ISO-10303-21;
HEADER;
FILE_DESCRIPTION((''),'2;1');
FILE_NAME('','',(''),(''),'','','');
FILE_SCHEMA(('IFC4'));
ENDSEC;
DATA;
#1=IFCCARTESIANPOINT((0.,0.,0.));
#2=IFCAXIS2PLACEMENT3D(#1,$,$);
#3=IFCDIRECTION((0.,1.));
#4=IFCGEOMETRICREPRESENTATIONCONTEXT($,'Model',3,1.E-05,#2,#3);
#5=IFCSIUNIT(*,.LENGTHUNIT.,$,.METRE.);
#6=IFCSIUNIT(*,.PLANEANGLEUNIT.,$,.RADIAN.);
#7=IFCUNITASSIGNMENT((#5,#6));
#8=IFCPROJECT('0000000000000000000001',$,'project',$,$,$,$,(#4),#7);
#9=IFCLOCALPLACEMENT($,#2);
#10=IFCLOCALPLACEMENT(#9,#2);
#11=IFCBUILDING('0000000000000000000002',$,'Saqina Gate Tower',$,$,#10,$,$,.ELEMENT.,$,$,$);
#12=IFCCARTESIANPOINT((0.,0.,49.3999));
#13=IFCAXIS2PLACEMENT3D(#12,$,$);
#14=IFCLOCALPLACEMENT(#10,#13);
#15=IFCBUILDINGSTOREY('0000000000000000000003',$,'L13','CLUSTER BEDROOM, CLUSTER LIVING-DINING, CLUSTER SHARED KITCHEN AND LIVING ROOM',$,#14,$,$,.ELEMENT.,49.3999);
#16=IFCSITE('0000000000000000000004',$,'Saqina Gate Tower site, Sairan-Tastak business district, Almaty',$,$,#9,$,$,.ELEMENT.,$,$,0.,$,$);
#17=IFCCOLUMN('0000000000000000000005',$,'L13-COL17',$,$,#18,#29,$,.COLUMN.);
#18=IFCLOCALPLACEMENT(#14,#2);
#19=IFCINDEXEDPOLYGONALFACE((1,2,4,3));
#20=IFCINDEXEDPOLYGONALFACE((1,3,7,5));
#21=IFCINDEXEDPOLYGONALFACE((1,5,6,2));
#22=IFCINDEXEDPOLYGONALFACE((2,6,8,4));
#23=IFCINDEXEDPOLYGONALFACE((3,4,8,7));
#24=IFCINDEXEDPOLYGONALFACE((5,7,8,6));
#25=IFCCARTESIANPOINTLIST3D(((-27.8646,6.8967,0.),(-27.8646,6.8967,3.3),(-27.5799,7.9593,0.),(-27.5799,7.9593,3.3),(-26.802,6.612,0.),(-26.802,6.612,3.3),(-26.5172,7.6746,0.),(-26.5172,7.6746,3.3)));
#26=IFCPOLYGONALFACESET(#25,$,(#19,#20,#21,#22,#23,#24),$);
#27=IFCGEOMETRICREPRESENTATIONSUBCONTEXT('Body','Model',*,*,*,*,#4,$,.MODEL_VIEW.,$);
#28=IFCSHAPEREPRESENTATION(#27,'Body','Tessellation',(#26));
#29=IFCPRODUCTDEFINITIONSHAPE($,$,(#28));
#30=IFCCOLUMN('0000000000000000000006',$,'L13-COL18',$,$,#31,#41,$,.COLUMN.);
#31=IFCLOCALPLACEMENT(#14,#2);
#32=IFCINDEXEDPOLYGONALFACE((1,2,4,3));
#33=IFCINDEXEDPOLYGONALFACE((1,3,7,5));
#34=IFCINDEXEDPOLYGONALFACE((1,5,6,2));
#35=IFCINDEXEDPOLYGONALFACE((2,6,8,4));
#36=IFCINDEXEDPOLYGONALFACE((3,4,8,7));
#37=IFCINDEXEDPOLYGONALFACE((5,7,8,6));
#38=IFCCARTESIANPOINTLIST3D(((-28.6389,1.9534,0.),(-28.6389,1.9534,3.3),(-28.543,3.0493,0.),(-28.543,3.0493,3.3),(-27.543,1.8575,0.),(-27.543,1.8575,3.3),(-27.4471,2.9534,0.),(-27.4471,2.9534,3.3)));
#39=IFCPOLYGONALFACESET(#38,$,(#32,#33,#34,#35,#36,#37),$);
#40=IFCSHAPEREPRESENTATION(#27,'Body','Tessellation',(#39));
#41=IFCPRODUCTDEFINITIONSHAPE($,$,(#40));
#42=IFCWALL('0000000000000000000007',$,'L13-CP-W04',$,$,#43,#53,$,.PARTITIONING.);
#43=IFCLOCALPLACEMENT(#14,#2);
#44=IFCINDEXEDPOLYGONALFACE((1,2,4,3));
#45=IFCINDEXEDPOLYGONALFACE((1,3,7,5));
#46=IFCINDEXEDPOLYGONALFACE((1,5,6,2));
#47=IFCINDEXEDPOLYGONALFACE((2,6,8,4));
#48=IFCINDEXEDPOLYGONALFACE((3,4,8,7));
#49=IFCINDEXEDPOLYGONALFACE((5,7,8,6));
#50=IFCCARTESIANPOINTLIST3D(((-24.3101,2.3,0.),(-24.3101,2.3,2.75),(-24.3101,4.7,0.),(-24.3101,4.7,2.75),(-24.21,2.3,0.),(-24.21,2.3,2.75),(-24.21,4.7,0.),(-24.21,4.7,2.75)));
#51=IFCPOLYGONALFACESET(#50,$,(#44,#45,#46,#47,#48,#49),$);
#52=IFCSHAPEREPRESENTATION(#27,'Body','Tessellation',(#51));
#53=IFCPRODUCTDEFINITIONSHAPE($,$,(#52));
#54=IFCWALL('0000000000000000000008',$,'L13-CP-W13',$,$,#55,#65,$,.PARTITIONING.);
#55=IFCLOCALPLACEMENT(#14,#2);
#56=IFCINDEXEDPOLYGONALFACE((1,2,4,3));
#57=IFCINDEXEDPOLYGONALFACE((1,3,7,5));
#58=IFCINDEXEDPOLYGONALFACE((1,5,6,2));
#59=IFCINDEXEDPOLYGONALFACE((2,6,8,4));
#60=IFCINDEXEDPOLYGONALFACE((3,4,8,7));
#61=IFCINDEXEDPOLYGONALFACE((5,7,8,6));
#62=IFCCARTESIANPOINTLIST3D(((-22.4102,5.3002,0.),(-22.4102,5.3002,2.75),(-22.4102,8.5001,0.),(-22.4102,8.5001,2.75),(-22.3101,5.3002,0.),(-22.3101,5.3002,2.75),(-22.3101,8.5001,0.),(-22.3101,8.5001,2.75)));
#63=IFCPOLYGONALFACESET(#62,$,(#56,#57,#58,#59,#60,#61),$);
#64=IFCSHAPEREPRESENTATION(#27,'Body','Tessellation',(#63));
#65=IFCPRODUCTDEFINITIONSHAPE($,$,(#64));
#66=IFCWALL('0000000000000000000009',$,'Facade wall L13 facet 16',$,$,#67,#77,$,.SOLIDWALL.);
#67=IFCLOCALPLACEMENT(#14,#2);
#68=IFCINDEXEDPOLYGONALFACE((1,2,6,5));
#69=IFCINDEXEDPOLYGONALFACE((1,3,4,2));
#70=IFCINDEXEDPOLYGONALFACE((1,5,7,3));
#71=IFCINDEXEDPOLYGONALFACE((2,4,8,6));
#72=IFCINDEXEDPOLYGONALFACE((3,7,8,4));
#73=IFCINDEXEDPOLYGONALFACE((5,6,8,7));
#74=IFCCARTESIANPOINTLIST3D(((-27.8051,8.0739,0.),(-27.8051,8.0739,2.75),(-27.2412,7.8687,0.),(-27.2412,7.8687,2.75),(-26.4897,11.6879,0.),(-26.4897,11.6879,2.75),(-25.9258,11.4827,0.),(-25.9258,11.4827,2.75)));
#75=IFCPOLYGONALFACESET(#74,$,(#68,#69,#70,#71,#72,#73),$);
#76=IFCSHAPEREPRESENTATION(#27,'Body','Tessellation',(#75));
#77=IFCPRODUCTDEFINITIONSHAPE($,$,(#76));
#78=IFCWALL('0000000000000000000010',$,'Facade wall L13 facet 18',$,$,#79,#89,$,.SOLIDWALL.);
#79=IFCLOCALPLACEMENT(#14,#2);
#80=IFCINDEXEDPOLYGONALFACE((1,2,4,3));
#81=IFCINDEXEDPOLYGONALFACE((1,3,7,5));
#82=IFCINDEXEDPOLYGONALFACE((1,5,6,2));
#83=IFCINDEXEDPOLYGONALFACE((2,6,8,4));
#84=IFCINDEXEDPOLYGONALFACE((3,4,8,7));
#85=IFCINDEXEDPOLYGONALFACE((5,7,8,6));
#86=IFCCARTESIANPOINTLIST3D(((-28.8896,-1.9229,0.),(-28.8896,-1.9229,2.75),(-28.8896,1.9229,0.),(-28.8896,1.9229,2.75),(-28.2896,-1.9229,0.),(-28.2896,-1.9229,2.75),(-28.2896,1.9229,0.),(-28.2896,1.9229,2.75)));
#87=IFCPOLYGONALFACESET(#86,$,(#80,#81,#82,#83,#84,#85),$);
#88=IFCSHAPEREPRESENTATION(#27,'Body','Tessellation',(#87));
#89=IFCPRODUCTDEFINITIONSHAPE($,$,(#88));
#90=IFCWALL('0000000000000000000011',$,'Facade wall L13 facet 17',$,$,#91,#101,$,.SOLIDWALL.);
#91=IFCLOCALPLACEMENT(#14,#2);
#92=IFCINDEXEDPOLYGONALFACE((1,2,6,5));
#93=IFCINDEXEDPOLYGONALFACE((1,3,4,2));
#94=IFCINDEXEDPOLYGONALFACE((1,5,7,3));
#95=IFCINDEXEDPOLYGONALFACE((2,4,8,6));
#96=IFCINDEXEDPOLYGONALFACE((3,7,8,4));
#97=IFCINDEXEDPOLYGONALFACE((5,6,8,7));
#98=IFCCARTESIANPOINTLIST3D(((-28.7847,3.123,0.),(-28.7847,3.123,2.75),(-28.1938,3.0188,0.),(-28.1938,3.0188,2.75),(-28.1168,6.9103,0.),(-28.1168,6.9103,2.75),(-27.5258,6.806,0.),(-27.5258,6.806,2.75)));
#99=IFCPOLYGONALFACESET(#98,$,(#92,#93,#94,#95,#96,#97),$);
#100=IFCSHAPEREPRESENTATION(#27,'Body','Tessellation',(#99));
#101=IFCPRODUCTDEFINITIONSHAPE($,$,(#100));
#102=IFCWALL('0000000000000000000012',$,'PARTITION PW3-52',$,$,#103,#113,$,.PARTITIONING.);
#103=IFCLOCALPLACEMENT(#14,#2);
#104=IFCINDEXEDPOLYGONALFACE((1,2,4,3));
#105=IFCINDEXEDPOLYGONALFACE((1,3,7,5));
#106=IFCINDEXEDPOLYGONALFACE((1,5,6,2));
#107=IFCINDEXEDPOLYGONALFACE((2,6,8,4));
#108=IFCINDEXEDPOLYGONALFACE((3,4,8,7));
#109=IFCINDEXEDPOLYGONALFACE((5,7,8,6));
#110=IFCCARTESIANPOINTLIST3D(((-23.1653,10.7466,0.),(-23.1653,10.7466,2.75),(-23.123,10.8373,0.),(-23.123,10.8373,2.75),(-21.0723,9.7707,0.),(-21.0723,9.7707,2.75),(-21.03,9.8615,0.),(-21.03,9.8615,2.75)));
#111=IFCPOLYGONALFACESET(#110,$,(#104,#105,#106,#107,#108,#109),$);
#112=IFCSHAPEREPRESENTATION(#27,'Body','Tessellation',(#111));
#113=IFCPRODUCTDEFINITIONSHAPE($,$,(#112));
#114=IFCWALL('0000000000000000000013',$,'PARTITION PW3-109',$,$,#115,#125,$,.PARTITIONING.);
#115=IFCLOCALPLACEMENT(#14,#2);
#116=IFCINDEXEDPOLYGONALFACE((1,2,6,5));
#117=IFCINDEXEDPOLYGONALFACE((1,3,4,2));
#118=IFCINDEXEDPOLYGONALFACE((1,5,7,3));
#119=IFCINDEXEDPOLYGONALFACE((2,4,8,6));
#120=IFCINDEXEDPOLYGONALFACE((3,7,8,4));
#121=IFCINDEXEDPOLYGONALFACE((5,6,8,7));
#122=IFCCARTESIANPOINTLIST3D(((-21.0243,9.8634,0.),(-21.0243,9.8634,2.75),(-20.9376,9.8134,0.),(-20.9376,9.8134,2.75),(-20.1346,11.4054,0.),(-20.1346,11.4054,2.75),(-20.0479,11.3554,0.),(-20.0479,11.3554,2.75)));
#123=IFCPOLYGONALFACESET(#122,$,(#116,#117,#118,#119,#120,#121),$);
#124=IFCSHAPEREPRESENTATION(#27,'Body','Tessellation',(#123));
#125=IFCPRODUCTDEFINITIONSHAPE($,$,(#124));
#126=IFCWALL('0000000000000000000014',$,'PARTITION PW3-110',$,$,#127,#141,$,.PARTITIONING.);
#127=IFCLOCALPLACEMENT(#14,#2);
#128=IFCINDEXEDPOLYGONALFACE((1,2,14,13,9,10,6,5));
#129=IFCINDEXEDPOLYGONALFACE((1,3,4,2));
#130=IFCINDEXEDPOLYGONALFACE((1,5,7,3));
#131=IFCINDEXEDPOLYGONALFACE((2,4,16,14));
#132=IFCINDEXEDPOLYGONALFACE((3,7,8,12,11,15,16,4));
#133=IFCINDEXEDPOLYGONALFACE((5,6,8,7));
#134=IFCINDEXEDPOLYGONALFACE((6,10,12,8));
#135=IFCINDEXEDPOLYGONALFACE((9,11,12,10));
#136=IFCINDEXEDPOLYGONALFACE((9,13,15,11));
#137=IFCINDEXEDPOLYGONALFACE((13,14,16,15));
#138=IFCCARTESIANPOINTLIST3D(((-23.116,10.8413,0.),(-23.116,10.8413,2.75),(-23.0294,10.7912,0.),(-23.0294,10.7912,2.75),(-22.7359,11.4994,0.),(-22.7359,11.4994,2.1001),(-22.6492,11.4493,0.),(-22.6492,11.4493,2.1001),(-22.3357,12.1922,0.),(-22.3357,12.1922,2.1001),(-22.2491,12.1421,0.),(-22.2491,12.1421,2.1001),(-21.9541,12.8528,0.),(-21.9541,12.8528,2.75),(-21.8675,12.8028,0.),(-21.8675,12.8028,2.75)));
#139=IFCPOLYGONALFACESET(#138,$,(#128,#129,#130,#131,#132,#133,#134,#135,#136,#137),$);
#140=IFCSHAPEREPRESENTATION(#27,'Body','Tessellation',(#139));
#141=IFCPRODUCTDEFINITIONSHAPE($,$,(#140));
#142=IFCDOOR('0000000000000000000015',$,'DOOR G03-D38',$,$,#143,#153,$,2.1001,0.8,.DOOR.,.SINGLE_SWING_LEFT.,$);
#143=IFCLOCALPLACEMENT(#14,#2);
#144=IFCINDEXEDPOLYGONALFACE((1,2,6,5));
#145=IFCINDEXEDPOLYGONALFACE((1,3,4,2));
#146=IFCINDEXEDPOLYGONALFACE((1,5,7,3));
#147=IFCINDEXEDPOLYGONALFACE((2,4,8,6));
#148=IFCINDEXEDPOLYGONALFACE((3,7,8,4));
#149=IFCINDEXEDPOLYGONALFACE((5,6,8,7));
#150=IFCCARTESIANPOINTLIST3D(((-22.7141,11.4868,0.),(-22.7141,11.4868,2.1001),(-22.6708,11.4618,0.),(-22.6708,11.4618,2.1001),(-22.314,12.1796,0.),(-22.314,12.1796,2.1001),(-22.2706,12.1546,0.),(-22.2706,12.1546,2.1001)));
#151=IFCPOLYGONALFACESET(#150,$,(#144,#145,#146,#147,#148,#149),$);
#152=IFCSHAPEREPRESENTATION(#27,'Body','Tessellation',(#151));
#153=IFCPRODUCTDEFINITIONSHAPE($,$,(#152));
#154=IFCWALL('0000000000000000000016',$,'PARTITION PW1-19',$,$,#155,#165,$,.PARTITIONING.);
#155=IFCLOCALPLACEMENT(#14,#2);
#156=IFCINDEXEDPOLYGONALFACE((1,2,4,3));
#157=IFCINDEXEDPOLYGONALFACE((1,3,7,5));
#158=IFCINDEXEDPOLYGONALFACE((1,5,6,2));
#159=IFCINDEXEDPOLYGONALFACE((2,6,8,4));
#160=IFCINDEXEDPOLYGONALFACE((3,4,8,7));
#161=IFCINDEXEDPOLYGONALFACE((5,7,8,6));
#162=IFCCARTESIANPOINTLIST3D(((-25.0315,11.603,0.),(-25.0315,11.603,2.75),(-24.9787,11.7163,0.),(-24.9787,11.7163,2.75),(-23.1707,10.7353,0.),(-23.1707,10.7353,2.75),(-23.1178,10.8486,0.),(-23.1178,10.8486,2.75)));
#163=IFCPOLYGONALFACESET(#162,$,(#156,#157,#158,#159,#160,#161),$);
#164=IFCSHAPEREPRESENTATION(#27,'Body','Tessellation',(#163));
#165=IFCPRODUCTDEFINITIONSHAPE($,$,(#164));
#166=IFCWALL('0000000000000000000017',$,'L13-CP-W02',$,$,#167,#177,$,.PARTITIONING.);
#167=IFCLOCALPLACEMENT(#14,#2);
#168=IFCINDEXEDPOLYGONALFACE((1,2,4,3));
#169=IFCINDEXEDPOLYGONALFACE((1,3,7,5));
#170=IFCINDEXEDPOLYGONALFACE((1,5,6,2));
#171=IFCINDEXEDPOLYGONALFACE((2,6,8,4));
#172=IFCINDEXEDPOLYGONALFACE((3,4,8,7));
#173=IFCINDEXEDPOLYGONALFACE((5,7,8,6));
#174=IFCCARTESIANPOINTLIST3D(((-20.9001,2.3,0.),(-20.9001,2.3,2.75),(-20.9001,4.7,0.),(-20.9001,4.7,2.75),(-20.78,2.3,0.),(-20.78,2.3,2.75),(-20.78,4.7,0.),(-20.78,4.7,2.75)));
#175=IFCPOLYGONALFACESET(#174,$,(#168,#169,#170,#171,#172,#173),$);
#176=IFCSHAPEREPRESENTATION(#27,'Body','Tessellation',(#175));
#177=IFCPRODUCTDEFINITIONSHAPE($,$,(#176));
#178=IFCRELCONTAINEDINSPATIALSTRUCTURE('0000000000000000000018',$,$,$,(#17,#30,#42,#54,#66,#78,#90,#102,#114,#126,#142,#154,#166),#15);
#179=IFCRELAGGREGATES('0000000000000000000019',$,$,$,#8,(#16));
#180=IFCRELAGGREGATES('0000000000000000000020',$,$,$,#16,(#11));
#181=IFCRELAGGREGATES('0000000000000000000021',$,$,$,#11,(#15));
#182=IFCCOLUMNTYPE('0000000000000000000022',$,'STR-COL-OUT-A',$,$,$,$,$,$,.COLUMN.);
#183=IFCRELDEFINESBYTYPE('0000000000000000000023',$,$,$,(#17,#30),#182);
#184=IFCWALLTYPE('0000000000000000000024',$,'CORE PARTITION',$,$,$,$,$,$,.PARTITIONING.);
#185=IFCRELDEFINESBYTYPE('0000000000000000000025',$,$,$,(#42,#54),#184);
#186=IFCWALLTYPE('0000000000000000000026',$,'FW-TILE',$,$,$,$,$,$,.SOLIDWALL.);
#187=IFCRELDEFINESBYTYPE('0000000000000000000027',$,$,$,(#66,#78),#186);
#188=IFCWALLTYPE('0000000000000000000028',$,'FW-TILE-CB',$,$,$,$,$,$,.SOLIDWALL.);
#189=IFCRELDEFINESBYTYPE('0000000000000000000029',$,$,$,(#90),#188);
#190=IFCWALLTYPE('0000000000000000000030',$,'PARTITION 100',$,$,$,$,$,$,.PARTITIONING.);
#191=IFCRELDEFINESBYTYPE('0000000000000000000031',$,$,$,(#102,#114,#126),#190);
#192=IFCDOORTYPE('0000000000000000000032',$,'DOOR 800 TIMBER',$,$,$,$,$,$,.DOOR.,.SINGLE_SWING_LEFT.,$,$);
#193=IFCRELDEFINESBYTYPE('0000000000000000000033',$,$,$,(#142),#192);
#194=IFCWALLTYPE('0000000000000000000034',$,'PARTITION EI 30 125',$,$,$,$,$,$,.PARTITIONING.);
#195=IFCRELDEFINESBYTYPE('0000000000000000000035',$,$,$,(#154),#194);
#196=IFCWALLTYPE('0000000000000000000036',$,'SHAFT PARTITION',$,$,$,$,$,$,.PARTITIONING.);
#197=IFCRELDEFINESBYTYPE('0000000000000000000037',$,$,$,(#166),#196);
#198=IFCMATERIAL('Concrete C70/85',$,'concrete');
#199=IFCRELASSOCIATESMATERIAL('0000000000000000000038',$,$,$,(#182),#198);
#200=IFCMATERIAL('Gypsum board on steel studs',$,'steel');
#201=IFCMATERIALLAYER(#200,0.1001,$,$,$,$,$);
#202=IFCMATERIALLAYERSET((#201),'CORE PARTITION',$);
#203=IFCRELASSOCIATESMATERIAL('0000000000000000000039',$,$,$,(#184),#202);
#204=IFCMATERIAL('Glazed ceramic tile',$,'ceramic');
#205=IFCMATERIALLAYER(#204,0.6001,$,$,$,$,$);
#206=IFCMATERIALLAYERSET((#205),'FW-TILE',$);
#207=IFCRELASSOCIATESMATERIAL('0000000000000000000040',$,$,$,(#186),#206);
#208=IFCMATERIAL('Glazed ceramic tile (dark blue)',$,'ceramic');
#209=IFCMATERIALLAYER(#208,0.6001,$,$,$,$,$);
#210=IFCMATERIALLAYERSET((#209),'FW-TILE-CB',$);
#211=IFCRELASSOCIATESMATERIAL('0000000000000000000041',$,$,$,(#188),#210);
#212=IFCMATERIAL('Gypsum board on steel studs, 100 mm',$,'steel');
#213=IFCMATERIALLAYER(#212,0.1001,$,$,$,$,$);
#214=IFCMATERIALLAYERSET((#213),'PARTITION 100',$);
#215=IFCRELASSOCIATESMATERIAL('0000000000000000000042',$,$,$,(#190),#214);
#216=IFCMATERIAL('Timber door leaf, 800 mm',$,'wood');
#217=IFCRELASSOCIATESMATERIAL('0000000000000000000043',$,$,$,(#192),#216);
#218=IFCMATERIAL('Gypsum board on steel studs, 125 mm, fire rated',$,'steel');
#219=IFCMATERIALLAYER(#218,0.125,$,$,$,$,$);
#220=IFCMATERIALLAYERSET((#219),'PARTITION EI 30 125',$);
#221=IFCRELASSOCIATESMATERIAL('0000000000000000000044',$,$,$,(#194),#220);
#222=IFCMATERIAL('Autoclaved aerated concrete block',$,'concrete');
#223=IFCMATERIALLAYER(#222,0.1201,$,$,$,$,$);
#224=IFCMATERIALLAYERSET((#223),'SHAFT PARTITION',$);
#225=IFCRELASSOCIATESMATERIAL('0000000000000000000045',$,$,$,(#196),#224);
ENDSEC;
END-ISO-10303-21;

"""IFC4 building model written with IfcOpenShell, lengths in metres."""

from ifc_helpers import new_model, si_unit, direction, frame, frame_2d, origin, origin_2d, place, context, subcontext, project, spatial, rectangle, extrude, material, layer, layer_set, material_profile, profile_set, type_object, element, fill, save


model = new_model("IFC4")

# Units and contexts
model_context = context("Model", 3, precision=1e-05, world=origin(), true_north=direction((0.0, 1.0)))
body_context = subcontext(model_context, "Body", "Model", "MODEL_VIEW")
ifc_project = project(units=[si_unit("LENGTHUNIT", "METRE"), si_unit("PLANEANGLEUNIT", "RADIAN")], contexts=[model_context])

# Site, building, storey
site_placement = place(None, origin())
site = spatial("IfcSite", under=ifc_project, at=site_placement, Name="Saqina Gate Tower site, Sairan-Tastak business district, Almaty", CompositionType="ELEMENT", RefElevation=0.0)
building_placement = place(site_placement, origin())
building = spatial("IfcBuilding", under=site, at=building_placement, Name="Saqina Gate Tower", CompositionType="ELEMENT")
storey_placement = place(building_placement, frame((0.0, 0.0, 49.3999)))
storey = spatial("IfcBuildingStorey", under=building, at=storey_placement, Name="L13", Description="CLUSTER BEDROOM, CLUSTER LIVING-DINING, CLUSTER SHARED KITCHEN AND LIVING ROOM", CompositionType="ELEMENT", Elevation=49.3999)

# Columns
ifc_material_1 = material(Name="Concrete C70/85", Category="concrete")
ifc_material_profile = material_profile(ifc_material_1, rectangle(XDim=1.1001, YDim=1.1001, at=origin_2d()), Name="RC 1100x1100")
ifc_profile_set = profile_set([ifc_material_profile], Name="Concrete C70/85")
column_type = type_object("IfcColumnType", Name="STR-COL-OUT-A", PredefinedType="COLUMN", material=ifc_profile_set)
for number, where, z_axis, x_axis, name in (
    (1, (-27.1909, 7.2856, 0.0), (0.0, 0.0, 1.0), (-0.965926, 0.258819, 0.0), "L13-COL17"),
    (2, (-28.043, 2.4534, 0.0), (0.0, 0.0, 1.0), (-0.996195, 0.087156, 0.0), "L13-COL18"),
):
    element("IfcColumn", number, at=place(storey_placement, frame(where, z_axis=z_axis, x_axis=x_axis)), inside=storey, type_object=column_type, Name=name, PredefinedType="COLUMN", context=body_context, shape_type="SweptSolid", body=[
        extrude(rectangle(XDim=1.1001, YDim=1.1001, at=origin_2d()), origin(), (0.0, 0.0, 1.0), 3.3),
    ])

# Walls
ifc_material_2 = material(Name="Gypsum board on steel studs", Category="steel")
ifc_layer_1 = layer(ifc_material_2, 0.1001)
ifc_layer_set_1 = layer_set([ifc_layer_1], Name="CORE PARTITION")
wall_type_1 = type_object("IfcWallType", Name="CORE PARTITION", PredefinedType="PARTITIONING", material=ifc_layer_set_1)
wall_1_placement = place(storey_placement, frame((-24.26, 2.3, 0.0), z_axis=(0.0, 0.0, 1.0), x_axis=(0.0, 1.0, 0.0)))
element("IfcWall", 3, at=wall_1_placement, inside=storey, type_object=wall_type_1, Name="L13-CP-W04", PredefinedType="PARTITIONING", context=body_context, shape_type="SweptSolid", body=[
    extrude(rectangle(XDim=2.3999, YDim=0.1001, at=frame_2d((1.2, 0.0))), origin(), (0.0, 0.0, 1.0), 2.75),
])
wall_2_placement = place(storey_placement, frame((-22.3601, 5.3, 0.0), z_axis=(0.0, 0.0, 1.0), x_axis=(0.0, 1.0, 0.0)))
element("IfcWall", 4, at=wall_2_placement, inside=storey, type_object=wall_type_1, Name="L13-CP-W13", PredefinedType="PARTITIONING", context=body_context, shape_type="SweptSolid", body=[
    extrude(rectangle(XDim=3.2, YDim=0.1001, at=frame_2d((1.6001, 0.0))), origin(), (0.0, 0.0, 1.0), 2.75),
])
ifc_material_3 = material(Name="Glazed ceramic tile", Category="ceramic")
ifc_layer_2 = layer(ifc_material_3, 0.6001)
ifc_layer_set_2 = layer_set([ifc_layer_2], Name="FW-TILE")
wall_type_2 = type_object("IfcWallType", Name="FW-TILE", PredefinedType="SOLIDWALL", material=ifc_layer_set_2)
wall_3_placement = place(storey_placement, frame((-26.2078, 11.5852, 0.0), z_axis=(0.0, 0.0, 1.0), x_axis=(-0.342028, -0.93969, 0.0)))
element("IfcWall", 5, at=wall_3_placement, inside=storey, type_object=wall_type_2, Name="Facade wall L13 facet 16", PredefinedType="SOLIDWALL", context=body_context, shape_type="SweptSolid", body=[
    extrude(rectangle(XDim=3.8459, YDim=0.6001, at=frame_2d((1.9229, 0.0))), origin(), (0.0, 0.0, 1.0), 2.75),
])
wall_4_placement = place(storey_placement, frame((-28.5896, 1.9229, 0.0), z_axis=(0.0, 0.0, 1.0), x_axis=(0.0, -1.0, 0.0)))
element("IfcWall", 6, at=wall_4_placement, inside=storey, type_object=wall_type_2, Name="Facade wall L13 facet 18", PredefinedType="SOLIDWALL", context=body_context, shape_type="SweptSolid", body=[
    extrude(rectangle(XDim=3.8457, YDim=0.6001, at=frame_2d((1.9229, 0.0))), origin(), (0.0, 0.0, 1.0), 2.75),
])
ifc_material_4 = material(Name="Glazed ceramic tile (dark blue)", Category="ceramic")
ifc_layer_3 = layer(ifc_material_4, 0.6001)
ifc_layer_set_3 = layer_set([ifc_layer_3], Name="FW-TILE-CB")
wall_type_3 = type_object("IfcWallType", Name="FW-TILE-CB", PredefinedType="SOLIDWALL", material=ifc_layer_set_3)
wall_5_placement = place(storey_placement, frame((-27.8213, 6.8582, 0.0), z_axis=(0.0, 0.0, 1.0), x_axis=(-0.173688, -0.984801, 0.0)))
element("IfcWall", 7, at=wall_5_placement, inside=storey, type_object=wall_type_3, Name="Facade wall L13 facet 17", PredefinedType="SOLIDWALL", context=body_context, shape_type="SweptSolid", body=[
    extrude(rectangle(XDim=3.8457, YDim=0.6001, at=frame_2d((1.9229, 0.0))), origin(), (0.0, 0.0, 1.0), 2.75),
])
ifc_material_5 = material(Name="Gypsum board on steel studs, 100 mm", Category="steel")
ifc_layer_4 = layer(ifc_material_5, 0.1001)
ifc_layer_set_4 = layer_set([ifc_layer_4], Name="PARTITION 100")
wall_type_4 = type_object("IfcWallType", Name="PARTITION 100", PredefinedType="PARTITIONING", material=ifc_layer_set_4)
wall_6_placement = place(storey_placement, frame((-23.1443, 10.792, 0.0), z_axis=(0.0, 0.0, 1.0), x_axis=(0.906334, -0.422561, 0.0)))
element("IfcWall", 8, at=wall_6_placement, inside=storey, type_object=wall_type_4, Name="PARTITION PW3-52", PredefinedType="PARTITIONING", context=body_context, shape_type="SweptSolid", body=[
    extrude(rectangle(XDim=2.3093, YDim=0.1001, at=frame_2d((1.1548, 0.0))), origin(), (0.0, 0.0, 1.0), 2.75),
])
wall_7_placement = place(storey_placement, frame((-20.981, 9.8384, 0.0), z_axis=(0.0, 0.0, 1.0), x_axis=(0.499738, 0.866176, 0.0)))
element("IfcWall", 9, at=wall_7_placement, inside=storey, type_object=wall_type_4, Name="PARTITION PW3-109", PredefinedType="PARTITIONING", context=body_context, shape_type="SweptSolid", body=[
    extrude(rectangle(XDim=1.7803, YDim=0.1001, at=frame_2d((0.8901, 0.0))), origin(), (0.0, 0.0, 1.0), 2.75),
])

# Wall, opening, door
wall_8_placement = place(storey_placement, frame((-23.0728, 10.8162, 0.0), z_axis=(0.0, 0.0, 1.0), x_axis=(0.500174, 0.865925, 0.0)))
wall_8 = element("IfcWall", 10, at=wall_8_placement, inside=storey, type_object=wall_type_4, Name="PARTITION PW3-110", PredefinedType="PARTITIONING", context=body_context, shape_type="SweptSolid", body=[
    extrude(rectangle(XDim=2.323, YDim=0.1001, at=frame_2d((1.1616, 0.0))), origin(), (0.0, 0.0, 1.0), 2.75),
])
opening_placement = place(wall_8_placement, frame((0.7603, 0.0, 0.0)))
opening = element("IfcOpeningElement", 11, at=opening_placement, cuts=wall_8, PredefinedType="OPENING", context=body_context, shape_type="SweptSolid", body=[
    extrude(rectangle(XDim=0.8, YDim=2.1001, at=frame_2d((0.3999, 1.05))), frame((0.0, 0.062, 0.0), z_axis=(0.0, -1.0, 0.0), x_axis=(1.0, 0.0, 0.0)), (0.0, 0.0, 1.0), 0.124),
])
ifc_material_6 = material(Name="Timber door leaf, 800 mm", Category="wood")
door_type = type_object("IfcDoorType", Name="DOOR 800 TIMBER", OperationType="SINGLE_SWING_LEFT", PredefinedType="DOOR", material=ifc_material_6)
door_placement = place(opening_placement, origin())
door = element("IfcDoor", 12, at=door_placement, inside=storey, type_object=door_type, Name="DOOR G03-D38", OperationType="SINGLE_SWING_LEFT", OverallHeight=2.1001, OverallWidth=0.8, PredefinedType="DOOR", context=body_context, shape_type="SweptSolid", body=[
    extrude(rectangle(XDim=0.8, YDim=2.1001, at=frame_2d((0.3999, 1.05))), frame((0.0, 0.0249, 0.0), z_axis=(0.0, -1.0, 0.0), x_axis=(1.0, 0.0, 0.0)), (0.0, 0.0, 1.0), 0.05),
])
fill(opening, door)

# Walls
ifc_material_7 = material(Name="Gypsum board on steel studs, 125 mm, fire rated", Category="steel")
ifc_layer_5 = layer(ifc_material_7, 0.125)
ifc_layer_set_5 = layer_set([ifc_layer_5], Name="PARTITION EI 30 125")
wall_type_5 = type_object("IfcWallType", Name="PARTITION EI 30 125", PredefinedType="PARTITIONING", material=ifc_layer_set_5)
wall_9_placement = place(storey_placement, frame((-25.0051, 11.6597, 0.0), z_axis=(0.0, 0.0, 1.0), x_axis=(0.906317, -0.422599, 0.0)))
element("IfcWall", 13, at=wall_9_placement, inside=storey, type_object=wall_type_5, Name="PARTITION PW1-19", PredefinedType="PARTITIONING", context=body_context, shape_type="SweptSolid", body=[
    extrude(rectangle(XDim=2.0532, YDim=0.125, at=frame_2d((1.0266, 0.0))), origin(), (0.0, 0.0, 1.0), 2.75),
])
ifc_material_8 = material(Name="Autoclaved aerated concrete block", Category="concrete")
ifc_layer_6 = layer(ifc_material_8, 0.1201)
ifc_layer_set_6 = layer_set([ifc_layer_6], Name="SHAFT PARTITION")
wall_type_6 = type_object("IfcWallType", Name="SHAFT PARTITION", PredefinedType="PARTITIONING", material=ifc_layer_set_6)
for number, where, z_axis, x_axis, name in (
    (14, (-20.8401, 2.3, 0.0), (0.0, 0.0, 1.0), (0.0, 1.0, 0.0), "L13-CP-W02"),
):
    element("IfcWall", number, at=place(storey_placement, frame(where, z_axis=z_axis, x_axis=x_axis)), inside=storey, type_object=wall_type_6, Name=name, PredefinedType="PARTITIONING", context=body_context, shape_type="SweptSolid", body=[
        extrude(rectangle(XDim=2.3999, YDim=0.1201, at=frame_2d((1.2, 0.0))), origin(), (0.0, 0.0, 1.0), 2.75),
    ])

save(model, "model.ifc")
